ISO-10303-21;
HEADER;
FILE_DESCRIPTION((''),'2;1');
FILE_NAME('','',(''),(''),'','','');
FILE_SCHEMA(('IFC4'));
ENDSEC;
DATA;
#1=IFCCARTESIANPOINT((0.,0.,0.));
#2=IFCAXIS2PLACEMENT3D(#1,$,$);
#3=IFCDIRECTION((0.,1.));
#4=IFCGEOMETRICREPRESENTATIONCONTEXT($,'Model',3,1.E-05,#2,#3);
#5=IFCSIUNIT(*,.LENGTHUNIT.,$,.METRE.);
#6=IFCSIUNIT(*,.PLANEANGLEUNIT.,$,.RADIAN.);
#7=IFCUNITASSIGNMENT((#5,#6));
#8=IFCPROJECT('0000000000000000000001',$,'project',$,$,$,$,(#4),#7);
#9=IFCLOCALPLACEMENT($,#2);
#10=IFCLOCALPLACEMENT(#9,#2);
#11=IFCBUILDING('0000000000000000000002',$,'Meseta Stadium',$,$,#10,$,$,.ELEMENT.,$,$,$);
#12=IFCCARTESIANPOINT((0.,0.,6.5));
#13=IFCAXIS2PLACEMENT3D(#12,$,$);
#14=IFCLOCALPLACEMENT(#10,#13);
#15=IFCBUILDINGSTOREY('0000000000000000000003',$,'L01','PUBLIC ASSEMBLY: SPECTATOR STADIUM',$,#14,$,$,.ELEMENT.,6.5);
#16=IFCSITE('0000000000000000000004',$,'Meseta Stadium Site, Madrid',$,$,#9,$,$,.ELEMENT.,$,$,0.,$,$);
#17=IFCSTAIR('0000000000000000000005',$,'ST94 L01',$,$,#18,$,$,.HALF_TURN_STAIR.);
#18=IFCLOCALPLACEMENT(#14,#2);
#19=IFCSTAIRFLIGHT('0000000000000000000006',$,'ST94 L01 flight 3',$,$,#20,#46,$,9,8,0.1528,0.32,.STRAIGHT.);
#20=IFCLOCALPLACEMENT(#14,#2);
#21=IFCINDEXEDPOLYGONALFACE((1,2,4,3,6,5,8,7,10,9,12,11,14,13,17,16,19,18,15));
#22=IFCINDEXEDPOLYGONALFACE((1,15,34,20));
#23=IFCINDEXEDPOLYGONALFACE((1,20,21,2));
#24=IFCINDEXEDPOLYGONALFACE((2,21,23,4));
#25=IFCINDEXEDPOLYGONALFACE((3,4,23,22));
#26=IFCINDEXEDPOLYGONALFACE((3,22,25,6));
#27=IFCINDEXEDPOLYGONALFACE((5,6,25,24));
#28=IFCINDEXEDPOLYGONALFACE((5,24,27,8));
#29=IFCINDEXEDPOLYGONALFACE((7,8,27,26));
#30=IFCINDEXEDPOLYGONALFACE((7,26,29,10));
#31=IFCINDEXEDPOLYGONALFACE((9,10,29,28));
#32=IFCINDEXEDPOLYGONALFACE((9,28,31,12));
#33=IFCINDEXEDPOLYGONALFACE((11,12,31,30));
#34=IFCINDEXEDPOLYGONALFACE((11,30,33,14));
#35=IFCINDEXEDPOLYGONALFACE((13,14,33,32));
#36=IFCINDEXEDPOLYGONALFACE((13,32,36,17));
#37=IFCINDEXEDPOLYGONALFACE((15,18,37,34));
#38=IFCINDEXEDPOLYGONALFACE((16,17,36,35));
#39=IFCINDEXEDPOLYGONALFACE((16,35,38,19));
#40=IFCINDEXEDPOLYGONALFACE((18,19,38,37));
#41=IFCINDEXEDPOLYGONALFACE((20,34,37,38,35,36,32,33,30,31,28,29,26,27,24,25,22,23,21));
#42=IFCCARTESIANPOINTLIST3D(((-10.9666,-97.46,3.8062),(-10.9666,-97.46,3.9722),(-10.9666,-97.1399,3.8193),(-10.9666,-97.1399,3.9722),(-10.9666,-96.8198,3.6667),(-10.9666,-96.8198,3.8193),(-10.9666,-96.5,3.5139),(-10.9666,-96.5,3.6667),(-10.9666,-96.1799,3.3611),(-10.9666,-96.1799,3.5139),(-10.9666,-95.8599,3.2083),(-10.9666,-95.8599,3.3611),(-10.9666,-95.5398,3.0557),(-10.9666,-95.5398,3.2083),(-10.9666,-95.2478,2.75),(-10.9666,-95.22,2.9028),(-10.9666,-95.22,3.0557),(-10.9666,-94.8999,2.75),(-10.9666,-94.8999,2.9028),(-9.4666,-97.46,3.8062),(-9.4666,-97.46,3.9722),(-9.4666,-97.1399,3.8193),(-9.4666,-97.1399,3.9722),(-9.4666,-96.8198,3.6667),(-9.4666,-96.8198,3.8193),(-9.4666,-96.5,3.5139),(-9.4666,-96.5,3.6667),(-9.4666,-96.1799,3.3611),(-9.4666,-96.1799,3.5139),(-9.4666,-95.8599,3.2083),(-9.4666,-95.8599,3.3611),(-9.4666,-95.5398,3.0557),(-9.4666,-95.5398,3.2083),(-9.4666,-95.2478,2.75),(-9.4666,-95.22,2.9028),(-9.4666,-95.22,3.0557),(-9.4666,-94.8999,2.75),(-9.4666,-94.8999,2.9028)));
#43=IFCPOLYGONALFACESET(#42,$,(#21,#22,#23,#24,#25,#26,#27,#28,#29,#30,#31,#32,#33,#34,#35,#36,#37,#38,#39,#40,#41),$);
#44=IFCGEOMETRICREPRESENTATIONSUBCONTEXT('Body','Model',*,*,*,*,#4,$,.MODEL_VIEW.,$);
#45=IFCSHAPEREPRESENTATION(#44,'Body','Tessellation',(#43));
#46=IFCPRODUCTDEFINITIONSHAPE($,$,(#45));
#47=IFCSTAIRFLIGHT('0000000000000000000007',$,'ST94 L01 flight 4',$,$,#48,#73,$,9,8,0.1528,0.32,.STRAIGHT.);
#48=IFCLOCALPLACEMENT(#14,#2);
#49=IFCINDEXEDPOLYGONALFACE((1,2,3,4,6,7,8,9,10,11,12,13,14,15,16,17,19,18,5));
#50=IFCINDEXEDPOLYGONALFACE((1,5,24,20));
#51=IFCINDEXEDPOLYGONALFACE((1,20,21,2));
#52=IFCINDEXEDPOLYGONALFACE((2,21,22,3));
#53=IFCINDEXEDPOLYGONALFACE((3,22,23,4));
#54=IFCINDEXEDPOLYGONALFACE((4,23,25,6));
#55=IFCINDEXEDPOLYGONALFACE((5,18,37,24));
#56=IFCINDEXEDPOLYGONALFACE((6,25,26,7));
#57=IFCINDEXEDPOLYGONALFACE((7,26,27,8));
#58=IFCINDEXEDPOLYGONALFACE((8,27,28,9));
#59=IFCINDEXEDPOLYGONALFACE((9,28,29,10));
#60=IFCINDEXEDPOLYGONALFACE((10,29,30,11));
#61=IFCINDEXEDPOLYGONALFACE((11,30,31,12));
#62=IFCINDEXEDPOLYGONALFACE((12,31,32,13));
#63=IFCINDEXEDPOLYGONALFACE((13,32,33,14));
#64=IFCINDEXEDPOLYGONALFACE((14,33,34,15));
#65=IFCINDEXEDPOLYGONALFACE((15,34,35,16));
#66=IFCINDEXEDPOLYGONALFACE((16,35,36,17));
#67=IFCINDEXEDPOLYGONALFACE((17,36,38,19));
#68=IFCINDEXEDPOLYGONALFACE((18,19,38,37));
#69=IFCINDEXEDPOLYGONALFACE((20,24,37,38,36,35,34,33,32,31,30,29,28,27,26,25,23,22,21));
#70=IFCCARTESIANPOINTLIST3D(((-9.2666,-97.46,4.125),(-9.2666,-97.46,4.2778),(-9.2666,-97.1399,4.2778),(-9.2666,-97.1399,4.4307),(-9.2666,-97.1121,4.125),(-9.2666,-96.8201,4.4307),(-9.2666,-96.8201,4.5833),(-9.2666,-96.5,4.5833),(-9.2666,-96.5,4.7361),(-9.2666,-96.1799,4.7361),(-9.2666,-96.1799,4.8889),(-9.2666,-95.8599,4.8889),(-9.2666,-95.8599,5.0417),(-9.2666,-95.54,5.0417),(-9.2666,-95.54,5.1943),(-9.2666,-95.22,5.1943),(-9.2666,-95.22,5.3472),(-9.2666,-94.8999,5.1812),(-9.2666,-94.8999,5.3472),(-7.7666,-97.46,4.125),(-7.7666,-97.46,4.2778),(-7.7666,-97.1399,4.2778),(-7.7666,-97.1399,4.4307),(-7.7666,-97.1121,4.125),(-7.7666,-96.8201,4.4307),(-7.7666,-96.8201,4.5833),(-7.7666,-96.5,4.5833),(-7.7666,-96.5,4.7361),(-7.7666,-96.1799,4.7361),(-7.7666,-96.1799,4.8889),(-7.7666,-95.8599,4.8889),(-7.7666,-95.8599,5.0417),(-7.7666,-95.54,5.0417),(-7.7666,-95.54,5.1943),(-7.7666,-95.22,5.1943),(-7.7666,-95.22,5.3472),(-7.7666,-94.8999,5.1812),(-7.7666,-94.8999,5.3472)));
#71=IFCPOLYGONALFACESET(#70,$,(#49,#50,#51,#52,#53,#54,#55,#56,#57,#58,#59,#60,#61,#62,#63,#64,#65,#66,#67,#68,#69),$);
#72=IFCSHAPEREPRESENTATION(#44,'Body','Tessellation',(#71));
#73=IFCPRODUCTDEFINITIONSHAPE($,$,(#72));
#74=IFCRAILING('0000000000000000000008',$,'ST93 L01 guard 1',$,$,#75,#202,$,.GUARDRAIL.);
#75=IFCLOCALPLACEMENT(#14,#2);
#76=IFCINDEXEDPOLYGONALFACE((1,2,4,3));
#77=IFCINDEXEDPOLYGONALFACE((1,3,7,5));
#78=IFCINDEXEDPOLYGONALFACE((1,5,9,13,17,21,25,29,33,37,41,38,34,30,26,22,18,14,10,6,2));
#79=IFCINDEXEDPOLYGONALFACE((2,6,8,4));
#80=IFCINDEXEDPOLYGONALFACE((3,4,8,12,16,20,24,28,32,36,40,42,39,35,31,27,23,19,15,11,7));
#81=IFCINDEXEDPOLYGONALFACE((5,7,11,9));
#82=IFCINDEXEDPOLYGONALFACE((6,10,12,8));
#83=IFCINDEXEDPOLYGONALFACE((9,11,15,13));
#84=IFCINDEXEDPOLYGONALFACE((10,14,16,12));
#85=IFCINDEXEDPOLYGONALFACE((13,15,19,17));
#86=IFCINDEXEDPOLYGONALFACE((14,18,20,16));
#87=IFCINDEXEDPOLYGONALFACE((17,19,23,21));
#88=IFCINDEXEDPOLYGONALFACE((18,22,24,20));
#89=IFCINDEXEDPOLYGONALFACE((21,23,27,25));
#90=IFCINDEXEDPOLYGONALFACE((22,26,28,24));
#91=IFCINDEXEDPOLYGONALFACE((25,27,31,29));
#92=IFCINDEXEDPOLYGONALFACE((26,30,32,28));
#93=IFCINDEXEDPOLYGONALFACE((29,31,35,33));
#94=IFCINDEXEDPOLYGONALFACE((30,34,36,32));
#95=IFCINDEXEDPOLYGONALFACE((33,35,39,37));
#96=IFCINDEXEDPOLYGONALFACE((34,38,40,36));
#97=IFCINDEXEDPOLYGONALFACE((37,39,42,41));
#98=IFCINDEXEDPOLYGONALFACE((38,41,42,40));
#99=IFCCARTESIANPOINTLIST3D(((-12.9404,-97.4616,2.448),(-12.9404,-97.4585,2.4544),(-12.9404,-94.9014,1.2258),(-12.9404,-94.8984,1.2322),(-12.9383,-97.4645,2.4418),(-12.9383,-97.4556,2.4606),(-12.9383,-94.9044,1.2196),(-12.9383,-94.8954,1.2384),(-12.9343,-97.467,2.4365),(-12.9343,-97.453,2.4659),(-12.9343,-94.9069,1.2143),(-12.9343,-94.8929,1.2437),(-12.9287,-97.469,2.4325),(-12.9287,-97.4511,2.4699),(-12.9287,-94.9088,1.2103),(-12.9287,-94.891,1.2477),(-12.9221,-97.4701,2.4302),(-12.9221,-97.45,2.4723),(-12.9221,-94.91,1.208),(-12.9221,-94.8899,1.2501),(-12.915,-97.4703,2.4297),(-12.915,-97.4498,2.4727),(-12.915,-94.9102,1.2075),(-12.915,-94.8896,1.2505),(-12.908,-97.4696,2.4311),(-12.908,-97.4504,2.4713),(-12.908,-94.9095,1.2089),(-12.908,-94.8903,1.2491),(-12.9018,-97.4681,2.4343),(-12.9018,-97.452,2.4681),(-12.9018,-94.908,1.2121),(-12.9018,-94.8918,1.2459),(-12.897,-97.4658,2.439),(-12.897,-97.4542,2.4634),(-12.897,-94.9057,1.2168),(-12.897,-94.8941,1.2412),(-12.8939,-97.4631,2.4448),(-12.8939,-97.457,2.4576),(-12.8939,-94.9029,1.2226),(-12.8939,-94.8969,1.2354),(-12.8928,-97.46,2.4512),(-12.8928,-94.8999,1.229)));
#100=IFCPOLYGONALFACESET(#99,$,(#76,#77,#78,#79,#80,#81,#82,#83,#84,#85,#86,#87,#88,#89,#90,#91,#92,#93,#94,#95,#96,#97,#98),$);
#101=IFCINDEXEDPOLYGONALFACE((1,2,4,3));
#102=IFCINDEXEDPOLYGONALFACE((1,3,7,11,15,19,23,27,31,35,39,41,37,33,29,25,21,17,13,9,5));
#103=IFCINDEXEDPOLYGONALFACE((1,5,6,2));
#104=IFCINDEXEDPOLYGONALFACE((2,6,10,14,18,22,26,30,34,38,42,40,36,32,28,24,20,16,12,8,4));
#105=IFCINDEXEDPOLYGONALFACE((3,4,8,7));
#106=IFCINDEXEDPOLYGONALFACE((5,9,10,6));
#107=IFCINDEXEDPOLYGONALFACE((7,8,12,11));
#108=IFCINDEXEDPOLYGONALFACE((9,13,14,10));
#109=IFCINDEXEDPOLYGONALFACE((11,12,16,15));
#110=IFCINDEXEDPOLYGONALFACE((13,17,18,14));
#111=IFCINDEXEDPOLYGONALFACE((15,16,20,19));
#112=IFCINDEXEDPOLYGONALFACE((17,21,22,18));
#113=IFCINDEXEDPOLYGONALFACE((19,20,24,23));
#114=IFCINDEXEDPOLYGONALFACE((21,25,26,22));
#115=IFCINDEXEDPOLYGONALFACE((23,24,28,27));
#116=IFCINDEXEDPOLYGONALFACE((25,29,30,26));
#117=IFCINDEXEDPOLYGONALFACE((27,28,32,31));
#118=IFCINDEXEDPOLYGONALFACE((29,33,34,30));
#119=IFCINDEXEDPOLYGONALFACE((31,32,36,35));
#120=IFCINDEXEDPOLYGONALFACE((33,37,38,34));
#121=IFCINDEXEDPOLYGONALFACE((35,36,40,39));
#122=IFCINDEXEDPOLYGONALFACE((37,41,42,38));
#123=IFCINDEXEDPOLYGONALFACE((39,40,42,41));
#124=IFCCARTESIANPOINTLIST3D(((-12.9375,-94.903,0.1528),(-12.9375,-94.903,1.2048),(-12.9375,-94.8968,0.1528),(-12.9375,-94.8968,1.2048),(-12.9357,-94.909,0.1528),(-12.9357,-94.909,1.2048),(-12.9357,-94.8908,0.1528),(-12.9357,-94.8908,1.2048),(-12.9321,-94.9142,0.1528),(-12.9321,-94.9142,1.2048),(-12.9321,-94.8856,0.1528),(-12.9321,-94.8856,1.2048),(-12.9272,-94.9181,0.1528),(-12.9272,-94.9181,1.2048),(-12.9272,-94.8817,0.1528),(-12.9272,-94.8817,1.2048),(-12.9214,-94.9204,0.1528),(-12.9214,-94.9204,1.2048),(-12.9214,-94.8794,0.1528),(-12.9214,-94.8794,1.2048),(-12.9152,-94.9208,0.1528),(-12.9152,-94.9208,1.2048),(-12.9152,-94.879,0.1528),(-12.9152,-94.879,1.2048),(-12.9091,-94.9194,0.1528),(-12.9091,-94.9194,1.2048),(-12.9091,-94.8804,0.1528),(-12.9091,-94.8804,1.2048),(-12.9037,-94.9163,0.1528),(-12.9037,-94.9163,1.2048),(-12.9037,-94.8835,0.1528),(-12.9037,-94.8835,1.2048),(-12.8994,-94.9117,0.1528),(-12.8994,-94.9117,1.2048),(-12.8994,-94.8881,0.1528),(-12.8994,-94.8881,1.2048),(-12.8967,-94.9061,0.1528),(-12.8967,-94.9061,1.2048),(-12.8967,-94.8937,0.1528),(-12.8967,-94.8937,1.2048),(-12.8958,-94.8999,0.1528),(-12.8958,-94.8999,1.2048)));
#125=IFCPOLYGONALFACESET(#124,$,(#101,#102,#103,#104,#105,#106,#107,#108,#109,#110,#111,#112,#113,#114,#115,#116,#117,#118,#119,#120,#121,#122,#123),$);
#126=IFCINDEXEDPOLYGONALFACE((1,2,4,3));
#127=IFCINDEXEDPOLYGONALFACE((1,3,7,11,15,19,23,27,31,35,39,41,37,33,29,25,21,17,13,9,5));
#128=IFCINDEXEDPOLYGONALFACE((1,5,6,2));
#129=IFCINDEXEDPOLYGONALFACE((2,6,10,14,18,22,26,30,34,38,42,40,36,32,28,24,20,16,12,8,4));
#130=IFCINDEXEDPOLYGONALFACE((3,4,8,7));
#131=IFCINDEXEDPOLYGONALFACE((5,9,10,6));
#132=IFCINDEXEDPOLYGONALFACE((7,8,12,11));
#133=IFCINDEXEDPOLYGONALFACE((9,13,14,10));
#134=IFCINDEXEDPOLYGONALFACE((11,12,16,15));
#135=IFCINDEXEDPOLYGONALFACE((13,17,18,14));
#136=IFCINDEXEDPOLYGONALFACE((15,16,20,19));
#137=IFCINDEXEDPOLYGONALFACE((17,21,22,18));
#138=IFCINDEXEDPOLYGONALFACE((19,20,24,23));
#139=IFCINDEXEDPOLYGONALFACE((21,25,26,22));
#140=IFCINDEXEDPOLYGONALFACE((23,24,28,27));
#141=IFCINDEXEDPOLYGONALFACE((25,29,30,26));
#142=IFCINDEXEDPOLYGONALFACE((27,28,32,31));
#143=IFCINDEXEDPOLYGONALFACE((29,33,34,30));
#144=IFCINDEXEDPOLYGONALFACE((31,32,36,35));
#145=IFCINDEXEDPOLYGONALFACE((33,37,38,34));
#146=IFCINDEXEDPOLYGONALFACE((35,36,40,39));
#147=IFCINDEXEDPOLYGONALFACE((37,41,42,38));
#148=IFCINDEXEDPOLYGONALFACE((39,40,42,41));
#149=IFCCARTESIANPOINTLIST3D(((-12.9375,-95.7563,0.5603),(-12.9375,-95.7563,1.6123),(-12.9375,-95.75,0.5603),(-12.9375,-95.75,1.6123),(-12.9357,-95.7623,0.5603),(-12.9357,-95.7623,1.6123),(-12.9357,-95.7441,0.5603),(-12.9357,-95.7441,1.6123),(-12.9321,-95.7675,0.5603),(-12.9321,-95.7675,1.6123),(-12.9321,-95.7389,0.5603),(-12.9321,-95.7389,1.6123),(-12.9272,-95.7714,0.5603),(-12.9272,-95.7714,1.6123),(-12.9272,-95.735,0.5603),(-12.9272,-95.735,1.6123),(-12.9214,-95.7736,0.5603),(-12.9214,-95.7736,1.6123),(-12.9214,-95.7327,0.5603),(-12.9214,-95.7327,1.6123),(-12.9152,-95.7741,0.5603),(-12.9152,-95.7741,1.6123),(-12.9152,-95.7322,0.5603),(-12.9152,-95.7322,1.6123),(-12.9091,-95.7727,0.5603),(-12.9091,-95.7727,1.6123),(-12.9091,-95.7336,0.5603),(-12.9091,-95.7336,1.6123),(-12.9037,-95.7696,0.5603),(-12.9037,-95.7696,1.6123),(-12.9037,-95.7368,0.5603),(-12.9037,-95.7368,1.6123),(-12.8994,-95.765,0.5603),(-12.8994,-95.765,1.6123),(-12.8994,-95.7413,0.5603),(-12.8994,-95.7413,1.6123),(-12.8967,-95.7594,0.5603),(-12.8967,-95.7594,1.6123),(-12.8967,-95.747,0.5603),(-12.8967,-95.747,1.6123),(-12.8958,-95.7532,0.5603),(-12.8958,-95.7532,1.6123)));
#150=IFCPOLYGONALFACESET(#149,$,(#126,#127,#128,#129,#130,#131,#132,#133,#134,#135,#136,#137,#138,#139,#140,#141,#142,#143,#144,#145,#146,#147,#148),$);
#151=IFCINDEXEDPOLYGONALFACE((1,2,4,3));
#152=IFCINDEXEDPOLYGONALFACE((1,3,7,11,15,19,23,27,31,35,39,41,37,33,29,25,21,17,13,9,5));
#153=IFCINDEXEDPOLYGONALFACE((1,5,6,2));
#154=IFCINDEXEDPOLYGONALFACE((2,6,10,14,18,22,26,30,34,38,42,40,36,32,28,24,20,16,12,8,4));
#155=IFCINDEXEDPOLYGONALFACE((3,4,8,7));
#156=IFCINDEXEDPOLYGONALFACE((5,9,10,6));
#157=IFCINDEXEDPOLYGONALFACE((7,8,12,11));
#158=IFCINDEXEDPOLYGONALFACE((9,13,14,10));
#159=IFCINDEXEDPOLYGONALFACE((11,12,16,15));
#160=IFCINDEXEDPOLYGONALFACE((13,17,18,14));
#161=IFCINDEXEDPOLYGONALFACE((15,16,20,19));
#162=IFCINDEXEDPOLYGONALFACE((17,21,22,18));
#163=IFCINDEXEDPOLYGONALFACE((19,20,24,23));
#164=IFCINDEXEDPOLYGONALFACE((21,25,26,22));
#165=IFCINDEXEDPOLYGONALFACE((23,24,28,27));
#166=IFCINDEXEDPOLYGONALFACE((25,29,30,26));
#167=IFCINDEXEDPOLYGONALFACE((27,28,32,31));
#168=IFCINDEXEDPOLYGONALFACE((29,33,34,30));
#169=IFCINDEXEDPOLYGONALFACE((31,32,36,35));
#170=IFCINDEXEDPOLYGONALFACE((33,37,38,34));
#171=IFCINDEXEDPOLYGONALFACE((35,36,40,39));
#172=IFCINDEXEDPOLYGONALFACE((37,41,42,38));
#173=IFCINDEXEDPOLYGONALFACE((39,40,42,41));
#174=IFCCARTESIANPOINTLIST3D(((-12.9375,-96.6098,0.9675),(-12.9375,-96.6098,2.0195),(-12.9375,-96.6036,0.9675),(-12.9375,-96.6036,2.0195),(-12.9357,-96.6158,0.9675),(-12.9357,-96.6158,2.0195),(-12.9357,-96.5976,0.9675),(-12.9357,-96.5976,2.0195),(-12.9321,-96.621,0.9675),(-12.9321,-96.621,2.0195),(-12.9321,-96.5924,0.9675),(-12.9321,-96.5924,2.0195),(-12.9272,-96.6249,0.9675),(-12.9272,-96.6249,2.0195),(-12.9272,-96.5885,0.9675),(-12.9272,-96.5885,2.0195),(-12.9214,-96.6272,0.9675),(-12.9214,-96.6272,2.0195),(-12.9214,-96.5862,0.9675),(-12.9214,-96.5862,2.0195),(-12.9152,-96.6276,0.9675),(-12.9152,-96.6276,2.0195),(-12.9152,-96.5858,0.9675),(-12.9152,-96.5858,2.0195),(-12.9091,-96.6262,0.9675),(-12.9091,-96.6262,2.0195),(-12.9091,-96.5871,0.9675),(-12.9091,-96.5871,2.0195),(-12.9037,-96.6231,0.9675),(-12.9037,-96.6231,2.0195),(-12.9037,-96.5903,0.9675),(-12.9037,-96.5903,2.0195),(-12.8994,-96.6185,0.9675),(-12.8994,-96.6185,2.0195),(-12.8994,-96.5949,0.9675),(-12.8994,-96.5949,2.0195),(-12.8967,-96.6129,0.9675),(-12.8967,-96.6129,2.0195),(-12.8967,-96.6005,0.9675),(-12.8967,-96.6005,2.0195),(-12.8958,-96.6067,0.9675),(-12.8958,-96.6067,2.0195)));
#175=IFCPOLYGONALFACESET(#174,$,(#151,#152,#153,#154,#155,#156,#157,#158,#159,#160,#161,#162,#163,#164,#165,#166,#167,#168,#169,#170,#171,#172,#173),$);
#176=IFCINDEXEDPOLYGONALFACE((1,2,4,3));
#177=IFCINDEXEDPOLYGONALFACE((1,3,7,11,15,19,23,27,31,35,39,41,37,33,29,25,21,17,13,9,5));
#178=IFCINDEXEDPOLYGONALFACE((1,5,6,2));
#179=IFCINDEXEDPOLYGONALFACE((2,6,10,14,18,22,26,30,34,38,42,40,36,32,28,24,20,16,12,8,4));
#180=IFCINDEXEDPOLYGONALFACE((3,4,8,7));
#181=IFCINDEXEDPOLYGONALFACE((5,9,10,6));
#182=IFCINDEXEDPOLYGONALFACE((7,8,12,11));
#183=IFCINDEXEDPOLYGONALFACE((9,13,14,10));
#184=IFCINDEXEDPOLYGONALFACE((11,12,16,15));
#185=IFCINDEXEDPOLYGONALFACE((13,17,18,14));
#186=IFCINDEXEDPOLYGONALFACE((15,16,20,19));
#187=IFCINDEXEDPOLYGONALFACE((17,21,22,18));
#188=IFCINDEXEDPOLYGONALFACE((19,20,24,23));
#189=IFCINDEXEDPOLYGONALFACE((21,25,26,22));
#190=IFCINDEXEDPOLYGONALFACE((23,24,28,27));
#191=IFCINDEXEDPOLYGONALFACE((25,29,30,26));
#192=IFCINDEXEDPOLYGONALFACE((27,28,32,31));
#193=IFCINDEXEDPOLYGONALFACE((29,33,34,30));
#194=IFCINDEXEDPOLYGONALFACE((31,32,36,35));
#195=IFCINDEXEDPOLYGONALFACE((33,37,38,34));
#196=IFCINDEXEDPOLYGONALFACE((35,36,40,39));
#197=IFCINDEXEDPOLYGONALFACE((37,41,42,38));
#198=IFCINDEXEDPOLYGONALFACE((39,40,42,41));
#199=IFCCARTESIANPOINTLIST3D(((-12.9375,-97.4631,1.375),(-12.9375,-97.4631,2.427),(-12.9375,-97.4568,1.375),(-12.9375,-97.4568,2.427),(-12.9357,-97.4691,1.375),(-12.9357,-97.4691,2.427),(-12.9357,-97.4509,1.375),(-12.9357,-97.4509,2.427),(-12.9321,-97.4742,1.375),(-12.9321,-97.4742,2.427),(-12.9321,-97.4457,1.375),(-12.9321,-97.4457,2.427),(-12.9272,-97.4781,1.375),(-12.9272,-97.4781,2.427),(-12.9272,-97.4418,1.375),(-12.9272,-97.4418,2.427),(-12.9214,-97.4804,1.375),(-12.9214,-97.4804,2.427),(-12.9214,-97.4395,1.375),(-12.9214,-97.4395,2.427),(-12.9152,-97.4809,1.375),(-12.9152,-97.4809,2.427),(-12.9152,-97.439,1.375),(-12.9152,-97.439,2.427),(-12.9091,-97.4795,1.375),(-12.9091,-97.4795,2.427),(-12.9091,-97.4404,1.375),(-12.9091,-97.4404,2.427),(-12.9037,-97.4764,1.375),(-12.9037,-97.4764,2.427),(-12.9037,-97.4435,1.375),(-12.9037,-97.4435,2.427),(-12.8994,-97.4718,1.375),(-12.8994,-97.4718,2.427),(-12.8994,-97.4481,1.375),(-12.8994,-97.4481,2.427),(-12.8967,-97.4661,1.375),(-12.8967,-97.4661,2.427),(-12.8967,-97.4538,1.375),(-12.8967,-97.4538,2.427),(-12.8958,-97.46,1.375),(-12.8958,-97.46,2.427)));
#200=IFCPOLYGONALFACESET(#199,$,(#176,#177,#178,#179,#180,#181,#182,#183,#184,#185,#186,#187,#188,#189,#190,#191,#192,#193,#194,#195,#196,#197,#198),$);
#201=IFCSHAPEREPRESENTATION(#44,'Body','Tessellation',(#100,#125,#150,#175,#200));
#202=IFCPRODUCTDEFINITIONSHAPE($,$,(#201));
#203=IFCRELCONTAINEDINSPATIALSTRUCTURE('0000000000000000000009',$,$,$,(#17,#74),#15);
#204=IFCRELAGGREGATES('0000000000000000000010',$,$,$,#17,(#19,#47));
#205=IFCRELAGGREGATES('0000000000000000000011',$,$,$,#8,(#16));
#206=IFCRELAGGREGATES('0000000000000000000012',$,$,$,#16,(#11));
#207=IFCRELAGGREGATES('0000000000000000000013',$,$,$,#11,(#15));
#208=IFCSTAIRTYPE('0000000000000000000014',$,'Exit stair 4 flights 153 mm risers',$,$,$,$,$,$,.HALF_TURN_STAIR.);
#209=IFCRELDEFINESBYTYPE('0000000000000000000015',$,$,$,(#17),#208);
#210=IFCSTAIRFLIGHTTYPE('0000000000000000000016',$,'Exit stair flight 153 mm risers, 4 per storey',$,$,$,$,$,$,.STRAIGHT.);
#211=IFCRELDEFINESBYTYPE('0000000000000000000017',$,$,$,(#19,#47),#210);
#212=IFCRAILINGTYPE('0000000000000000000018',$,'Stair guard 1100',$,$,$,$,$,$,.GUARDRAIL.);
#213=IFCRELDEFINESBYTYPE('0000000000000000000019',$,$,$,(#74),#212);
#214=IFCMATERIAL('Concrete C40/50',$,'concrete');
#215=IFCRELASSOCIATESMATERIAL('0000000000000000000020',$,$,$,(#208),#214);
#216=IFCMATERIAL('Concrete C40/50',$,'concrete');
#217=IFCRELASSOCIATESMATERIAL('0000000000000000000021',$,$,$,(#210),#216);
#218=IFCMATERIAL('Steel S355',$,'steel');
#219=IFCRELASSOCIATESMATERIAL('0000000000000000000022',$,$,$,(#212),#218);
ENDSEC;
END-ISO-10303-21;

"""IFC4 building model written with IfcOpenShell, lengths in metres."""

from ifc_helpers import new_model, si_unit, direction, frame, origin, origin_2d, place, context, subcontext, project, spatial, polyline, circle, outline, extrude, material, type_object, element, aggregate, save


model = new_model("IFC4")

# Units and contexts
model_context = context("Model", 3, precision=1e-05, world=origin(), true_north=direction((0.0, 1.0)))
body_context = subcontext(model_context, "Body", "Model", "MODEL_VIEW")
ifc_project = project(units=[si_unit("LENGTHUNIT", "METRE"), si_unit("PLANEANGLEUNIT", "RADIAN")], contexts=[model_context])

# Site, building, storey
site_placement = place(None, origin())
site = spatial("IfcSite", under=ifc_project, at=site_placement, Name="Meseta Stadium Site, Madrid", CompositionType="ELEMENT", RefElevation=0.0)
building_placement = place(site_placement, origin())
building = spatial("IfcBuilding", under=site, at=building_placement, Name="Meseta Stadium", CompositionType="ELEMENT")
storey_placement = place(building_placement, frame((0.0, 0.0, 6.5)))
storey = spatial("IfcBuildingStorey", under=building, at=storey_placement, Name="L01", Description="PUBLIC ASSEMBLY: SPECTATOR STADIUM", CompositionType="ELEMENT", Elevation=6.5)

# Stair, stair flights
ifc_material_1 = material(Name="Concrete C40/50", Category="concrete")
stair_type = type_object("IfcStairType", Name="Exit stair 4 flights 153 mm risers", PredefinedType="HALF_TURN_STAIR", material=ifc_material_1)
ifc_material_2 = material(Name="Concrete C40/50", Category="concrete")
stair_flight_type = type_object("IfcStairFlightType", Name="Exit stair flight 153 mm risers, 4 per storey", PredefinedType="STRAIGHT", material=ifc_material_2)
stair_1_placement = place(storey_placement, origin())
stair_1 = element("IfcStair", 1, at=stair_1_placement, inside=storey, type_object=stair_type, Name="ST94 L01", PredefinedType="HALF_TURN_STAIR")
stair_flight_1_placement = place(storey_placement, frame((-10.2166, -94.8999, 2.75), z_axis=(0.0, 0.0, 1.0), x_axis=(0.0, -1.0, 0.0)))
stair_flight_1 = element("IfcStairFlight", 2, at=stair_flight_1_placement, type_object=stair_flight_type, Name="ST94 L01 flight 3", NumberOfRisers=9, NumberOfTreads=8, PredefinedType="STRAIGHT", RiserHeight=0.1528, TreadLength=0.32, context=body_context, shape_type="SweptSolid", body=[
    extrude(outline(polyline([(0.0, 0.0), (0.0, 0.1528), (0.3201, 0.1528), (0.3201, 0.3057), (0.6399, 0.3057), (0.6399, 0.4583), (0.96, 0.4583), (0.96, 0.6111), (1.28, 0.6111), (1.28, 0.7639), (1.6001, 0.7639), (1.6001, 0.9167), (1.9199, 0.9167), (1.9199, 1.0693), (2.24, 1.0693), (2.24, 1.2222), (2.5601, 1.2222), (2.5601, 1.0562), (0.3479, 0.0), (0.0, 0.0)])), frame((0.0, 0.75, 0.0), z_axis=(0.0, -1.0, 0.0), x_axis=(1.0, 0.0, 0.0)), (0.0, 0.0, 1.0), 1.5),
])
stair_flight_2_placement = place(storey_placement, frame((-8.5166, -97.46, 4.125), z_axis=(0.0, 0.0, 1.0), x_axis=(0.0, 1.0, 0.0)))
stair_flight_2 = element("IfcStairFlight", 3, at=stair_flight_2_placement, type_object=stair_flight_type, Name="ST94 L01 flight 4", NumberOfRisers=9, NumberOfTreads=8, PredefinedType="STRAIGHT", RiserHeight=0.1528, TreadLength=0.32, context=body_context, shape_type="SweptSolid", body=[
    extrude(outline(polyline([(0.0, 0.0), (0.0, 0.1528), (0.3201, 0.1528), (0.3201, 0.3057), (0.6399, 0.3057), (0.6399, 0.4583), (0.96, 0.4583), (0.96, 0.6111), (1.28, 0.6111), (1.28, 0.7639), (1.6001, 0.7639), (1.6001, 0.9167), (1.9199, 0.9167), (1.9199, 1.0693), (2.24, 1.0693), (2.24, 1.2222), (2.5601, 1.2222), (2.5601, 1.0562), (0.3479, 0.0), (0.0, 0.0)])), frame((0.0, 0.75, 0.0), z_axis=(0.0, -1.0, 0.0), x_axis=(1.0, 0.0, 0.0)), (0.0, 0.0, 1.0), 1.5),
])
aggregate(stair_1, [stair_flight_1, stair_flight_2])

# Railing
ifc_material_3 = material(Name="Steel S355", Category="steel")
railing_type_1 = type_object("IfcRailingType", Name="Stair guard 1100", PredefinedType="GUARDRAIL", material=ifc_material_3)
railing_1_placement = place(storey_placement, frame((-12.9167, -94.8999, 0.1528)))
element("IfcRailing", 4, at=railing_1_placement, inside=storey, type_object=railing_type_1, Name="ST93 L01 guard 1", PredefinedType="GUARDRAIL", context=body_context, shape_type="SweptSolid", body=[
    extrude(circle(Radius=0.0239, at=origin_2d()), frame((0.0, 0.0, 1.0762), z_axis=(0.0, -0.902437, 0.430822), x_axis=(1.0, 0.0, 0.0)), (0.0, 0.0, 1.0), 2.8369),
    extrude(circle(Radius=0.021, at=origin_2d()), origin(), (0.0, 0.0, 1.0), 1.052),
    extrude(circle(Radius=0.021, at=origin_2d()), frame((0.0, -0.8533, 0.4075)), (0.0, 0.0, 1.0), 1.052),
    extrude(circle(Radius=0.021, at=origin_2d()), frame((0.0, -1.7068, 0.8147)), (0.0, 0.0, 1.0), 1.052),
    extrude(circle(Radius=0.021, at=origin_2d()), frame((0.0, -2.5601, 1.2222)), (0.0, 0.0, 1.0), 1.052),
])

save(model, "model.ifc")
